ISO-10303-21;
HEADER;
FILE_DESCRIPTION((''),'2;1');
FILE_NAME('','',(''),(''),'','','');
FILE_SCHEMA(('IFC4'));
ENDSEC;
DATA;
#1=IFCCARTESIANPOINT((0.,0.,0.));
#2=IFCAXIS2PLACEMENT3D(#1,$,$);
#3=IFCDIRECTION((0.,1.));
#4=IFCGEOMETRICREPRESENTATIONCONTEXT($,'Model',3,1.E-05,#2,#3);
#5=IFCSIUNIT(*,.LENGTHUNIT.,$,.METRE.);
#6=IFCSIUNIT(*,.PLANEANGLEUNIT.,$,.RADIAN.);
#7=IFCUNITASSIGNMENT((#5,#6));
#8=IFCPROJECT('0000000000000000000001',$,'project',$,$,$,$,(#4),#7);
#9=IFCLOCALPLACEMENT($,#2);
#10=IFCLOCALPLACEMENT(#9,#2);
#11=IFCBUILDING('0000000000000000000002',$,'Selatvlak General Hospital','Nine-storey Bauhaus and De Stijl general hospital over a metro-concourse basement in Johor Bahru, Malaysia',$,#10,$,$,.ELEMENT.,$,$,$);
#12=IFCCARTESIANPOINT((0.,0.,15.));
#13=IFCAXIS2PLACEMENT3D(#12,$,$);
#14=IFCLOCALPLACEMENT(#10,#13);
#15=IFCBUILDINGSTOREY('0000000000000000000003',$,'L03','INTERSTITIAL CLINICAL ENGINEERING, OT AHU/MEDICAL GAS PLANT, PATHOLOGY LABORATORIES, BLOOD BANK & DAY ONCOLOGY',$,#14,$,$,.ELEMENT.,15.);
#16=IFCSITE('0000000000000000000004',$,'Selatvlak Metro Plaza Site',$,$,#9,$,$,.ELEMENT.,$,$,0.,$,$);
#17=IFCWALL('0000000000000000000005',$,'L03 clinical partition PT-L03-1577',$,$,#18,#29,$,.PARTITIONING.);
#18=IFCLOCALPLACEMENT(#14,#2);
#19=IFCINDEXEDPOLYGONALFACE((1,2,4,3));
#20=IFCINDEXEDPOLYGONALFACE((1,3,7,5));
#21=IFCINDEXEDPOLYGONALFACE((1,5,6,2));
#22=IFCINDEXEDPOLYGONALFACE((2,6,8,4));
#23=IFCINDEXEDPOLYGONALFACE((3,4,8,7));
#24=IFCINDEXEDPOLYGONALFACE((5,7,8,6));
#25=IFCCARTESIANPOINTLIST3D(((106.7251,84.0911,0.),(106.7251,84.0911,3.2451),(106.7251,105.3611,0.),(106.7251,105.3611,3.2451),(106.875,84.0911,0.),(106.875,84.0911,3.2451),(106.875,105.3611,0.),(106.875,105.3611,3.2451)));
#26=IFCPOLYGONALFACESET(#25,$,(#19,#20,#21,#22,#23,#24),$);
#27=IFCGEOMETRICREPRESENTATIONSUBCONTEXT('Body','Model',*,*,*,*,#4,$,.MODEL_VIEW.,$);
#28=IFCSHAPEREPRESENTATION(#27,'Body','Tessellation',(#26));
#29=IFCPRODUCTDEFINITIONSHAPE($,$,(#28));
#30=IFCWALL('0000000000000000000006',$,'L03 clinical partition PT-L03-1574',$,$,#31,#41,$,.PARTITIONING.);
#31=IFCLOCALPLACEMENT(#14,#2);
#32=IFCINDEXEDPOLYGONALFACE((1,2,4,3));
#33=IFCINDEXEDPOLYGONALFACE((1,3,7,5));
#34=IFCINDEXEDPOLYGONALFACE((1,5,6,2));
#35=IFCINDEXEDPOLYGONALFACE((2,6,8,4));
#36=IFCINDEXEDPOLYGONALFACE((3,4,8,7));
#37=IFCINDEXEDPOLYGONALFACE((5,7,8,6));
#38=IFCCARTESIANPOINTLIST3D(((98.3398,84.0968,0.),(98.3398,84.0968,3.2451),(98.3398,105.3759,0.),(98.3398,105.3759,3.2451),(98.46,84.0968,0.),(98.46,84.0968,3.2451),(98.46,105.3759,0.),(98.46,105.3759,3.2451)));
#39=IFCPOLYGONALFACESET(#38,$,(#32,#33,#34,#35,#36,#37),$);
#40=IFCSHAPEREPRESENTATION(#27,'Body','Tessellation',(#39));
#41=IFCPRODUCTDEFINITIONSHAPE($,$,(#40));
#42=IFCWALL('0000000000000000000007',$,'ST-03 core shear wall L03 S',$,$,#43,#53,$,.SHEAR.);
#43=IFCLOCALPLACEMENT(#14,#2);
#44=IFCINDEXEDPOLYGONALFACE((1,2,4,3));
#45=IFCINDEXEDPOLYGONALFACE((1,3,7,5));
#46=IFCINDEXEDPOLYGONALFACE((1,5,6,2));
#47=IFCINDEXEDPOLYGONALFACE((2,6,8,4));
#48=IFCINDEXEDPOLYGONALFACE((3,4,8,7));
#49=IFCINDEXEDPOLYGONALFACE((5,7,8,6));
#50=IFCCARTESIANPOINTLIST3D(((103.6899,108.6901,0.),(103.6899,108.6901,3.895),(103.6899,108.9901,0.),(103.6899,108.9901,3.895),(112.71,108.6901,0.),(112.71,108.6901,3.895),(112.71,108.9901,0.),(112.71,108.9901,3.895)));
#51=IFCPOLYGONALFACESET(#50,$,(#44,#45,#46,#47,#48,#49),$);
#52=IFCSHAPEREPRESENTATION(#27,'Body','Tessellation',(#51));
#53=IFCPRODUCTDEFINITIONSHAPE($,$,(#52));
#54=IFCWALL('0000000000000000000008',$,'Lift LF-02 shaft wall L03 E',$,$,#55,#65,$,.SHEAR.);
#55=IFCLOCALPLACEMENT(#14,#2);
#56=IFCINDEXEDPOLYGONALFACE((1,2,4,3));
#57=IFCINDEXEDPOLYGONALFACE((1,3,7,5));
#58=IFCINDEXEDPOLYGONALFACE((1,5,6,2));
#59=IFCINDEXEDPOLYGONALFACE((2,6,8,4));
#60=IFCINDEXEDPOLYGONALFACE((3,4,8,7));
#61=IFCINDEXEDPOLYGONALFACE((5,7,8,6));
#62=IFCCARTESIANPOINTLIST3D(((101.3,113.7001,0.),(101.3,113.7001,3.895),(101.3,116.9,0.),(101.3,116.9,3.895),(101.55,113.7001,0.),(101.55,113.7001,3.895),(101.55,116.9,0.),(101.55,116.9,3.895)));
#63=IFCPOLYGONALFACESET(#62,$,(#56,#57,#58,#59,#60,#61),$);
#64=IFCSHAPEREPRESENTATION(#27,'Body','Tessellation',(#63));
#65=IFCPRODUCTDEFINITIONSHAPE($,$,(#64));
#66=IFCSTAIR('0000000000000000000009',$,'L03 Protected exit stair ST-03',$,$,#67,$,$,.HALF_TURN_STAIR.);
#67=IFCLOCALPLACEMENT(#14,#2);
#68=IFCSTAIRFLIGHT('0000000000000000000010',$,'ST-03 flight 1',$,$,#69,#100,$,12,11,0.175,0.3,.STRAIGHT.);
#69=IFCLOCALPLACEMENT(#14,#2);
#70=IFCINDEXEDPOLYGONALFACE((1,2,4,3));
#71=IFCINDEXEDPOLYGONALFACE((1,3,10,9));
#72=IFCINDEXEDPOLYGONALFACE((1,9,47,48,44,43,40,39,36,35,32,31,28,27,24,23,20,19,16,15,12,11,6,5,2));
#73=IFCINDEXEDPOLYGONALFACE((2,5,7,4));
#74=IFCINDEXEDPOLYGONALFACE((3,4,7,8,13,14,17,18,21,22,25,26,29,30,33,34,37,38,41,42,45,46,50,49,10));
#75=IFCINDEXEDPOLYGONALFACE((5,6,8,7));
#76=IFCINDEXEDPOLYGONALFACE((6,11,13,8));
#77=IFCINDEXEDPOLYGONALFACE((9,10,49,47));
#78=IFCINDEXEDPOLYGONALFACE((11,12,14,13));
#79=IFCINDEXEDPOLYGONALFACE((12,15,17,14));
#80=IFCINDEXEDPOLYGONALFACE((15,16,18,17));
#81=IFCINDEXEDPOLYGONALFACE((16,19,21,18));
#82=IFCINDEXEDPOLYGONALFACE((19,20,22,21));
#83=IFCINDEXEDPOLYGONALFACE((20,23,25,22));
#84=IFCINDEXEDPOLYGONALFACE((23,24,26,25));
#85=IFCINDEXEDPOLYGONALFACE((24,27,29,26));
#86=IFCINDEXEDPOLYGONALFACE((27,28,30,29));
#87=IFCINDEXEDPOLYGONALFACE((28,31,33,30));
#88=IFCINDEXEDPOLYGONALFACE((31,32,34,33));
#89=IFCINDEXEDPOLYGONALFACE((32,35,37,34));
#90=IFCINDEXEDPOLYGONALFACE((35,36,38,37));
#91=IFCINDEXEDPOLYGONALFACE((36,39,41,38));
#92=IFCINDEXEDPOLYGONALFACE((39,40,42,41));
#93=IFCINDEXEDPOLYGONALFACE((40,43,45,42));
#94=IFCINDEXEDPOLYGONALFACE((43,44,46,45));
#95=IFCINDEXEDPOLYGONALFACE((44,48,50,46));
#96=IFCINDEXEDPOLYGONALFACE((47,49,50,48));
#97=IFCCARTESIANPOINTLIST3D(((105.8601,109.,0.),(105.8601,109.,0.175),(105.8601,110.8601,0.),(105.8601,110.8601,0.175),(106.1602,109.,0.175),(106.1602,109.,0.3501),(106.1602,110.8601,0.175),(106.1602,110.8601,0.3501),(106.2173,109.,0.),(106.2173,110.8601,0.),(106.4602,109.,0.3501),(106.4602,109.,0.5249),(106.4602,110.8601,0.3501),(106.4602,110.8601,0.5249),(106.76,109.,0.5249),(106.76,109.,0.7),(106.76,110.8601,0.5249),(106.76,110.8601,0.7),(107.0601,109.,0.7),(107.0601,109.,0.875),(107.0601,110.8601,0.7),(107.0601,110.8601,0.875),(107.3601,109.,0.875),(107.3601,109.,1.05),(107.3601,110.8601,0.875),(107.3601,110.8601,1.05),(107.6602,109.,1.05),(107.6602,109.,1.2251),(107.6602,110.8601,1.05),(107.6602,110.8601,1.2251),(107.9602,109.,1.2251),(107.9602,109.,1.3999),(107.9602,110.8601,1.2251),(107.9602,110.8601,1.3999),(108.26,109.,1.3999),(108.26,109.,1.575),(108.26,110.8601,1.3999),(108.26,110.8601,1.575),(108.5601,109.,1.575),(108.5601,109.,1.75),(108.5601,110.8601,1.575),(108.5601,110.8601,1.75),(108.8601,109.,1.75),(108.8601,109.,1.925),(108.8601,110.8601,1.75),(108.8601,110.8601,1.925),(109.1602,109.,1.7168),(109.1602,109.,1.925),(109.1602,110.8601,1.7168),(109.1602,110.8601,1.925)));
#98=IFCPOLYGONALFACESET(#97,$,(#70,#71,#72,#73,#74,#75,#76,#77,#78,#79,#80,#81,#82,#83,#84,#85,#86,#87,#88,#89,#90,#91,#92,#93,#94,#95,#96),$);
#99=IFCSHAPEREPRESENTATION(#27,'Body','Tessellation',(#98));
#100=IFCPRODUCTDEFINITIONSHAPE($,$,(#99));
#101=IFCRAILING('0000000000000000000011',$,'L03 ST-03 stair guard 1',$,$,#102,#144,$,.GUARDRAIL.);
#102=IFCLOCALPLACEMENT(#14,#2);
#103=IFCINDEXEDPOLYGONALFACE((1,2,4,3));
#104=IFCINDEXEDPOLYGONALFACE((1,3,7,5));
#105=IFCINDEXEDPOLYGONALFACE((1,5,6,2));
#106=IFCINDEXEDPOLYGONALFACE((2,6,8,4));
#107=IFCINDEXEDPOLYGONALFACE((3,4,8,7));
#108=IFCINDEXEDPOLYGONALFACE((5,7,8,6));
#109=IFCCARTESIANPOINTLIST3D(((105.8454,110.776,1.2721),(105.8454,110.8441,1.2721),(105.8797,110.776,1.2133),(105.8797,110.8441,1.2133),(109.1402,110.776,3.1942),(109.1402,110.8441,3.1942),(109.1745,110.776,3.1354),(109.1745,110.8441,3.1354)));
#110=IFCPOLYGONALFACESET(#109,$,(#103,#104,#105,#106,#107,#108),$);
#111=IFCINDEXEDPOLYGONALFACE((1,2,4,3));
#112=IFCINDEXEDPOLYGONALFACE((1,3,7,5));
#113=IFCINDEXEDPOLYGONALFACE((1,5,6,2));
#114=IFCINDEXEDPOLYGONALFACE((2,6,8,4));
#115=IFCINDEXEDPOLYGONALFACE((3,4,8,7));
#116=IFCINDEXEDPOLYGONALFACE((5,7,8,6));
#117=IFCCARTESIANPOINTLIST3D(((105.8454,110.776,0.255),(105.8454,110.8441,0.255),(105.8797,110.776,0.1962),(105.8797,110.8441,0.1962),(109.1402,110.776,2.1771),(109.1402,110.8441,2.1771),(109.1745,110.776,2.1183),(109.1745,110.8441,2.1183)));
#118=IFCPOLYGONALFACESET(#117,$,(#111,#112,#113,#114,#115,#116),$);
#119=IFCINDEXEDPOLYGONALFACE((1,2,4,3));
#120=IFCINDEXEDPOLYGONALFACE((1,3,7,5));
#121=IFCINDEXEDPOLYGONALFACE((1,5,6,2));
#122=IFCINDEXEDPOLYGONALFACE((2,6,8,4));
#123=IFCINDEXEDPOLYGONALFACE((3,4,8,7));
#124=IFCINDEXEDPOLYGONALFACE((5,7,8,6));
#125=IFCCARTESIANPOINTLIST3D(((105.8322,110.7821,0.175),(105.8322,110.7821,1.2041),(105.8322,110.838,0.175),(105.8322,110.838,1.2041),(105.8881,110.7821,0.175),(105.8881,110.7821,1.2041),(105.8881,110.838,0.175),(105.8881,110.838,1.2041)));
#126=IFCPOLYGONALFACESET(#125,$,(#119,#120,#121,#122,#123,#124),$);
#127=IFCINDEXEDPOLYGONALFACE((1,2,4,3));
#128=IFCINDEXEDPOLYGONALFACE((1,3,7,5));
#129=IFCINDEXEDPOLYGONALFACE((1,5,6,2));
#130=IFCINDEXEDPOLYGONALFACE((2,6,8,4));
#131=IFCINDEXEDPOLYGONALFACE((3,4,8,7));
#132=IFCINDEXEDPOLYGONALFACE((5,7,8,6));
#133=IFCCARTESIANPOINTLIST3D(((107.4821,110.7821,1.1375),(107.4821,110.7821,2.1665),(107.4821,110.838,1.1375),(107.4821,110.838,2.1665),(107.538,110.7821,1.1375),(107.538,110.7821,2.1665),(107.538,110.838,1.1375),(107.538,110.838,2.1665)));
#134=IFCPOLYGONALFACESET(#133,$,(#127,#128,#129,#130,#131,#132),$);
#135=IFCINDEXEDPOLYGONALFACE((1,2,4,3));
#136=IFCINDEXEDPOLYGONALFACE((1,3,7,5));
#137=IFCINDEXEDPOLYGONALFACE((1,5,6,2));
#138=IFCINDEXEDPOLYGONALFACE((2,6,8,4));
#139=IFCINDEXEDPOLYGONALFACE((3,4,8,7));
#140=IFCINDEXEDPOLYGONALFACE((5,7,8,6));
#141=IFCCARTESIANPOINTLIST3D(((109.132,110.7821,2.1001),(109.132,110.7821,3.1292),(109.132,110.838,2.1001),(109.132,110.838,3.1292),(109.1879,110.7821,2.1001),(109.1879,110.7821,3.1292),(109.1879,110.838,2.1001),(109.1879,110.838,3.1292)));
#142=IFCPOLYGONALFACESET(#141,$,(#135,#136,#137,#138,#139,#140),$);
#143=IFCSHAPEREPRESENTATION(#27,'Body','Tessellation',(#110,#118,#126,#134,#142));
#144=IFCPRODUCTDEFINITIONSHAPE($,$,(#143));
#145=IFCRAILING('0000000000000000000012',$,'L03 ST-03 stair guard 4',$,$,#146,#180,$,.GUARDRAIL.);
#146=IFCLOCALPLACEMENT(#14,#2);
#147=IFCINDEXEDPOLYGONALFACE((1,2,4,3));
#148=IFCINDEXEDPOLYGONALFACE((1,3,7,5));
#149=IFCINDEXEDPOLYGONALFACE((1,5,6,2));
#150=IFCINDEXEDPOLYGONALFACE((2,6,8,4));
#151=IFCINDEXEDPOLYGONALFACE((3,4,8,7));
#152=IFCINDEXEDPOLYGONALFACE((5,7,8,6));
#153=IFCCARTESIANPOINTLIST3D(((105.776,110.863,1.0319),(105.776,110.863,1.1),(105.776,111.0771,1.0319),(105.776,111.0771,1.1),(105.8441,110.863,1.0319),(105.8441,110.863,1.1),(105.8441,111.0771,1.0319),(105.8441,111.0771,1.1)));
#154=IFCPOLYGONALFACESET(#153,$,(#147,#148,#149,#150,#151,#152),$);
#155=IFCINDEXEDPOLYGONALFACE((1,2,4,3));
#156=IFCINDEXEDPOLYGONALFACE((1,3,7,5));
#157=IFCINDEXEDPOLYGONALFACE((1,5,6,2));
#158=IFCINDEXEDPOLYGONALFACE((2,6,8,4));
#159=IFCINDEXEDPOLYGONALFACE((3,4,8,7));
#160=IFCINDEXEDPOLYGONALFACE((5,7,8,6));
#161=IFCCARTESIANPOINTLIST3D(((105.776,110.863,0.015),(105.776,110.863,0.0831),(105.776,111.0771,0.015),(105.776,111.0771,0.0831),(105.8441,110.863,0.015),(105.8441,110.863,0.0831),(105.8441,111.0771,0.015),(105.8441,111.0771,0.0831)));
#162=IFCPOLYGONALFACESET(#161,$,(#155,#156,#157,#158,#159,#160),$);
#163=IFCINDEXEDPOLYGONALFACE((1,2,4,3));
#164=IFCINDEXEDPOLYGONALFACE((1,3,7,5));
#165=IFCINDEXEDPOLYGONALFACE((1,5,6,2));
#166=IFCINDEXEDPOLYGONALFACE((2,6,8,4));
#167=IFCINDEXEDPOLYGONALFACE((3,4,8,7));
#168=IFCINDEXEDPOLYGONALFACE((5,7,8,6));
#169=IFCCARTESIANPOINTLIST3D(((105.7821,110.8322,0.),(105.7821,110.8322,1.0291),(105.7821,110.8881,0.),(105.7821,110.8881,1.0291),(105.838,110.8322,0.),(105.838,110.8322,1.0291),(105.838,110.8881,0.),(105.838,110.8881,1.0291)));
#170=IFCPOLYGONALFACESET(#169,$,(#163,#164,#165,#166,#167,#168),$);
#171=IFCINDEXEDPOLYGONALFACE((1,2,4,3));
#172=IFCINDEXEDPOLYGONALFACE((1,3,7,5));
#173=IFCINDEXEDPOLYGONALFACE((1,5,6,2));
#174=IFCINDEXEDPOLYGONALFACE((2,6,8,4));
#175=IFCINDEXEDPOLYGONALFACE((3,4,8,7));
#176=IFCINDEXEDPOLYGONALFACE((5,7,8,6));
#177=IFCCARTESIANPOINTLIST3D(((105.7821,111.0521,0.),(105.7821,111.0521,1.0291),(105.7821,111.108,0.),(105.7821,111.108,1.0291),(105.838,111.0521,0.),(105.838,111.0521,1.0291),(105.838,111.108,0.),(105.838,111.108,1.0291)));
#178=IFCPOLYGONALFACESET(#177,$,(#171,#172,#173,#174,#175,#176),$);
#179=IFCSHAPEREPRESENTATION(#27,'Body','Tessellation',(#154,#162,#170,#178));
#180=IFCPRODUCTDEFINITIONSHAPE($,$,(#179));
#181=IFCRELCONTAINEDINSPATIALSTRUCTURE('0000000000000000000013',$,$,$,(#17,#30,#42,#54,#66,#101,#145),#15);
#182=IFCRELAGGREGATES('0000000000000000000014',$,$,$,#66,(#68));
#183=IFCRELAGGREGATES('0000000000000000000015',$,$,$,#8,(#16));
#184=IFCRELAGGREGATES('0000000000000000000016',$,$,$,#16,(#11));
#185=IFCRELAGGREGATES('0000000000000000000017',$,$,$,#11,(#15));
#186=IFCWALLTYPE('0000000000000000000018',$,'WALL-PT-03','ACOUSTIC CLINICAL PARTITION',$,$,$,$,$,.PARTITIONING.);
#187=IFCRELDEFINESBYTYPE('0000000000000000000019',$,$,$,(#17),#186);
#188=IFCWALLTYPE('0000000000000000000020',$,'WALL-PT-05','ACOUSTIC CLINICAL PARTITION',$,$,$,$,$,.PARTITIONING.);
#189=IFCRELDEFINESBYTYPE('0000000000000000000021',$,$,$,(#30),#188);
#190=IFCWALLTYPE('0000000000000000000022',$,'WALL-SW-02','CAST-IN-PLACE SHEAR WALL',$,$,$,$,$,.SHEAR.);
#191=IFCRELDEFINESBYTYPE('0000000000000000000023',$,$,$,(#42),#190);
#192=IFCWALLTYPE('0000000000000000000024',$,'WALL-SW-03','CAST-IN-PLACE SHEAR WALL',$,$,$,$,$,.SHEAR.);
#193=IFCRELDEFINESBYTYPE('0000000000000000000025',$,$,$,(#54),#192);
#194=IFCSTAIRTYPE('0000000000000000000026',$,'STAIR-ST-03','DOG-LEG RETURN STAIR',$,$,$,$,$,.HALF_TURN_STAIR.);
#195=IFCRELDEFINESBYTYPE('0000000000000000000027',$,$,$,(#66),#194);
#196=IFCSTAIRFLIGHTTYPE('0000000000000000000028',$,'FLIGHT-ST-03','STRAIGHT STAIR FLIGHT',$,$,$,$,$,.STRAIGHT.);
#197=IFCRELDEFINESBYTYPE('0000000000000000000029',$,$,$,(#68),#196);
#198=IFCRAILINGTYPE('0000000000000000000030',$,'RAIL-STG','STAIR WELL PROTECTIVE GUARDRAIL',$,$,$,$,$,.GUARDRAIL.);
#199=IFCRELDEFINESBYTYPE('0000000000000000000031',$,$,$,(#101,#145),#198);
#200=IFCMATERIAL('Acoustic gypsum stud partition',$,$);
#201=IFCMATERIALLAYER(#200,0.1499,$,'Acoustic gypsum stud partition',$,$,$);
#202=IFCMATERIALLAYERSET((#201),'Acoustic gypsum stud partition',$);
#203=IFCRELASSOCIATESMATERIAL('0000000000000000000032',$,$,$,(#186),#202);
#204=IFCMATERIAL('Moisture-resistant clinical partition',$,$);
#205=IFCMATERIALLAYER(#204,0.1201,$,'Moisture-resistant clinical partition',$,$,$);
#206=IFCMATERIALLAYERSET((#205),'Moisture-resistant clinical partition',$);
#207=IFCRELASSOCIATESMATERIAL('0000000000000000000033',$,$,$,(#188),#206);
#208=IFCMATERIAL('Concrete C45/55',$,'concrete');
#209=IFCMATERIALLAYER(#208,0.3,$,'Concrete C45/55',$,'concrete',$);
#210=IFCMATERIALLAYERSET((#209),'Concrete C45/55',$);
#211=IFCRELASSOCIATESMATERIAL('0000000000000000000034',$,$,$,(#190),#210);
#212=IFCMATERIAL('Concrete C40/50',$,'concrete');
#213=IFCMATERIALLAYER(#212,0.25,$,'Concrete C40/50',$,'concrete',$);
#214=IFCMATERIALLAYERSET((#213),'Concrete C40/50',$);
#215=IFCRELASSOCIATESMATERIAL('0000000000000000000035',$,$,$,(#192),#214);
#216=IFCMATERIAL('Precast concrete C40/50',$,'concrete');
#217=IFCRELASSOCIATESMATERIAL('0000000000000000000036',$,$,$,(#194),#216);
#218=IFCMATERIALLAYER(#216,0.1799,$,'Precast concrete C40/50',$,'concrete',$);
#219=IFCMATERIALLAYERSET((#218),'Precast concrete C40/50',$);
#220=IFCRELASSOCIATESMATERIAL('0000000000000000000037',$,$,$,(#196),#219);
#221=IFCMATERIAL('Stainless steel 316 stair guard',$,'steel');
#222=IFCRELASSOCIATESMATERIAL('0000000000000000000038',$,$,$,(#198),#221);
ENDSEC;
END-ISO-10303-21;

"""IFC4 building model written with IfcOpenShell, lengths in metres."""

from ifc_helpers import new_model, si_unit, direction, frame, frame_2d, origin, origin_2d, place, context, subcontext, project, spatial, polyline, rectangle, outline, extrude, material, layer, layer_set, type_object, element, aggregate, save


model = new_model("IFC4")

# Units and contexts
model_context = context("Model", 3, precision=1e-05, world=origin(), true_north=direction((0.0, 1.0)))
body_context = subcontext(model_context, "Body", "Model", "MODEL_VIEW")
ifc_project = project(units=[si_unit("LENGTHUNIT", "METRE"), si_unit("PLANEANGLEUNIT", "RADIAN")], contexts=[model_context])

# Site, building, storey
site_placement = place(None, origin())
site = spatial("IfcSite", under=ifc_project, at=site_placement, Name="Selatvlak Metro Plaza Site", CompositionType="ELEMENT", RefElevation=0.0)
building_placement = place(site_placement, origin())
building = spatial("IfcBuilding", under=site, at=building_placement, Name="Selatvlak General Hospital", Description="Nine-storey Bauhaus and De Stijl general hospital over a metro-concourse basement in Johor Bahru, Malaysia", CompositionType="ELEMENT")
storey_placement = place(building_placement, frame((0.0, 0.0, 15.0)))
storey = spatial("IfcBuildingStorey", under=building, at=storey_placement, Name="L03", Description="INTERSTITIAL CLINICAL ENGINEERING, OT AHU/MEDICAL GAS PLANT, PATHOLOGY LABORATORIES, BLOOD BANK & DAY ONCOLOGY", CompositionType="ELEMENT", Elevation=15.0)

# Shared definitions
ifc_material_1 = material(Name="Concrete C40/50", Category="concrete")

# Shared definitions
ifc_material_2 = material(Name="Acoustic gypsum stud partition")

# Walls
ifc_layer_1 = layer(ifc_material_2, 0.1499, Name="Acoustic gypsum stud partition")
ifc_layer_set_1 = layer_set([ifc_layer_1], Name="Acoustic gypsum stud partition")
wall_type_1 = type_object("IfcWallType", Name="WALL-PT-03", Description="ACOUSTIC CLINICAL PARTITION", PredefinedType="PARTITIONING", material=ifc_layer_set_1)
wall_1_placement = place(storey_placement, frame((106.8, 105.3611, 0.0), z_axis=(0.0, 0.0, 1.0), x_axis=(0.0, -1.0, 0.0)))
element("IfcWall", 1, at=wall_1_placement, inside=storey, type_object=wall_type_1, Name="L03 clinical partition PT-L03-1577", PredefinedType="PARTITIONING", context=body_context, shape_type="SweptSolid", body=[
    extrude(rectangle(XDim=21.27, YDim=0.1499, at=frame_2d((10.635, 0.0))), origin(), (0.0, 0.0, 1.0), 3.2451),
])
ifc_material_3 = material(Name="Moisture-resistant clinical partition")
ifc_layer_2 = layer(ifc_material_3, 0.1201, Name="Moisture-resistant clinical partition")
ifc_layer_set_2 = layer_set([ifc_layer_2], Name="Moisture-resistant clinical partition")
wall_type_2 = type_object("IfcWallType", Name="WALL-PT-05", Description="ACOUSTIC CLINICAL PARTITION", PredefinedType="PARTITIONING", material=ifc_layer_set_2)
wall_2_placement = place(storey_placement, frame((98.3999, 105.376, 0.0), z_axis=(0.0, 0.0, 1.0), x_axis=(0.0, -1.0, 0.0)))
element("IfcWall", 2, at=wall_2_placement, inside=storey, type_object=wall_type_2, Name="L03 clinical partition PT-L03-1574", PredefinedType="PARTITIONING", context=body_context, shape_type="SweptSolid", body=[
    extrude(rectangle(XDim=21.2791, YDim=0.1201, at=frame_2d((10.6396, 0.0))), origin(), (0.0, 0.0, 1.0), 3.2451),
])
ifc_material_4 = material(Name="Concrete C45/55", Category="concrete")
ifc_layer_3 = layer(ifc_material_4, 0.3, Name="Concrete C45/55", Category="concrete")
ifc_layer_set_3 = layer_set([ifc_layer_3], Name="Concrete C45/55")
wall_type_3 = type_object("IfcWallType", Name="WALL-SW-02", Description="CAST-IN-PLACE SHEAR WALL", PredefinedType="SHEAR", material=ifc_layer_set_3)
wall_3_placement = place(storey_placement, frame((103.6899, 108.8401, 0.0), z_axis=(0.0, 0.0, 1.0), x_axis=(1.0, 0.0, 0.0)))
element("IfcWall", 3, at=wall_3_placement, inside=storey, type_object=wall_type_3, Name="ST-03 core shear wall L03 S", PredefinedType="SHEAR", context=body_context, shape_type="SweptSolid", body=[
    extrude(rectangle(XDim=9.02, YDim=0.3, at=frame_2d((4.51, 0.0))), origin(), (0.0, 0.0, 1.0), 3.895),
])

# Shared definitions
ifc_layer_4 = layer(ifc_material_1, 0.25, Name="Concrete C40/50", Category="concrete")
ifc_layer_set_4 = layer_set([ifc_layer_4], Name="Concrete C40/50")
wall_type_4 = type_object("IfcWallType", Name="WALL-SW-03", Description="CAST-IN-PLACE SHEAR WALL", PredefinedType="SHEAR", material=ifc_layer_set_4)

# Wall
wall_4_placement = place(storey_placement, frame((101.425, 113.7, 0.0), z_axis=(0.0, 0.0, 1.0), x_axis=(0.0, 1.0, 0.0)))
element("IfcWall", 4, at=wall_4_placement, inside=storey, type_object=wall_type_4, Name="Lift LF-02 shaft wall L03 E", PredefinedType="SHEAR", context=body_context, shape_type="SweptSolid", body=[
    extrude(rectangle(XDim=3.2, YDim=0.25, at=frame_2d((1.6001, 0.0))), origin(), (0.0, 0.0, 1.0), 3.895),
])

# Stair, stair flight
ifc_material_5 = material(Name="Precast concrete C40/50", Category="concrete")
stair_type = type_object("IfcStairType", Name="STAIR-ST-03", Description="DOG-LEG RETURN STAIR", PredefinedType="HALF_TURN_STAIR", material=ifc_material_5)
stair_placement = place(storey_placement, origin())
stair = element("IfcStair", 5, at=stair_placement, inside=storey, type_object=stair_type, Name="L03 Protected exit stair ST-03", PredefinedType="HALF_TURN_STAIR")
ifc_layer_5 = layer(ifc_material_5, 0.1799, Name="Precast concrete C40/50", Category="concrete")
ifc_layer_set_5 = layer_set([ifc_layer_5], Name="Precast concrete C40/50")
stair_flight_type = type_object("IfcStairFlightType", Name="FLIGHT-ST-03", Description="STRAIGHT STAIR FLIGHT", PredefinedType="STRAIGHT", material=ifc_layer_set_5)
stair_flight_placement = place(storey_placement, frame((105.8601, 109.9299, 0.0), z_axis=(0.0, 0.0, 1.0), x_axis=(1.0, 0.0, 0.0)))
stair_flight = element("IfcStairFlight", 6, at=stair_flight_placement, type_object=stair_flight_type, Name="ST-03 flight 1", NumberOfRisers=12, NumberOfTreads=11, PredefinedType="STRAIGHT", RiserHeight=0.175, TreadLength=0.3, context=body_context, shape_type="SweptSolid", body=[
    extrude(outline(polyline([(0.0, 0.0), (0.0, 0.175), (0.3, 0.175), (0.3, 0.3501), (0.6001, 0.3501), (0.6001, 0.5249), (0.8999, 0.5249), (0.8999, 0.7), (1.2, 0.7), (1.2, 0.875), (1.5, 0.875), (1.5, 1.05), (1.8, 1.05), (1.8, 1.2251), (2.1001, 1.2251), (2.1001, 1.3999), (2.3999, 1.3999), (2.3999, 1.575), (2.7, 1.575), (2.7, 1.75), (3.0, 1.75), (3.0, 1.925), (3.3, 1.925), (3.3, 2.1001), (3.3, 1.7168), (0.3572, 0.0), (0.0, 0.0)])), frame((0.0, 0.9302, 0.0), z_axis=(0.0, -1.0, 0.0), x_axis=(1.0, 0.0, 0.0)), (0.0, 0.0, 1.0), 1.8601),
])
aggregate(stair, [stair_flight])

# Railings
ifc_material_6 = material(Name="Stainless steel 316 stair guard", Category="steel")
railing_type_1 = type_object("IfcRailingType", Name="RAIL-STG", Description="STAIR WELL PROTECTIVE GUARDRAIL", PredefinedType="GUARDRAIL", material=ifc_material_6)
railing_1_placement = place(storey_placement, frame((105.8601, 110.8101, 0.175)))
element("IfcRailing", 7, at=railing_1_placement, inside=storey, type_object=railing_type_1, Name="L03 ST-03 stair guard 1", PredefinedType="GUARDRAIL", context=body_context, shape_type="SweptSolid", body=[
    extrude(rectangle(XDim=0.0681, YDim=0.0681, at=origin_2d()), frame((0.0024, 0.0, 1.0676), z_axis=(0.86376, 0.0, 0.503903), x_axis=(0.0, 1.0, 0.0)), (0.0, 0.0, 1.0), 3.8145),
    extrude(rectangle(XDim=0.0681, YDim=0.0681, at=origin_2d()), frame((0.0024, 0.0, 0.0505), z_axis=(0.86376, 0.0, 0.503903), x_axis=(0.0, 1.0, 0.0)), (0.0, 0.0, 1.0), 3.8145),
    extrude(rectangle(XDim=0.0559, YDim=0.0559, at=origin_2d()), origin(), (0.0, 0.0, 1.0), 1.0291),
    extrude(rectangle(XDim=0.0559, YDim=0.0559, at=origin_2d()), frame((1.6499, 0.0, 0.9624)), (0.0, 0.0, 1.0), 1.0291),
    extrude(rectangle(XDim=0.0559, YDim=0.0559, at=origin_2d()), frame((3.2998, 0.0, 1.925)), (0.0, 0.0, 1.0), 1.0291),
])
railing_2_placement = place(storey_placement, frame((105.8101, 110.8601, 0.0)))
element("IfcRailing", 8, at=railing_2_placement, inside=storey, type_object=railing_type_1, Name="L03 ST-03 stair guard 4", PredefinedType="GUARDRAIL", context=body_context, shape_type="SweptSolid", body=[
    extrude(rectangle(XDim=0.0681, YDim=0.0681, at=origin_2d()), frame((0.0, 0.0029, 1.0659), z_axis=(0.0, 1.0, 0.0), x_axis=(-1.0, 0.0, 0.0)), (0.0, 0.0, 1.0), 0.2141),
    extrude(rectangle(XDim=0.0681, YDim=0.0681, at=origin_2d()), frame((0.0, 0.0029, 0.0491), z_axis=(0.0, 1.0, 0.0), x_axis=(-1.0, 0.0, 0.0)), (0.0, 0.0, 1.0), 0.2141),
    extrude(rectangle(XDim=0.0559, YDim=0.0559, at=origin_2d()), origin(), (0.0, 0.0, 1.0), 1.0291),
    extrude(rectangle(XDim=0.0559, YDim=0.0559, at=origin_2d()), frame((0.0, 0.22, 0.0)), (0.0, 0.0, 1.0), 1.0291),
])

save(model, "model.ifc")
